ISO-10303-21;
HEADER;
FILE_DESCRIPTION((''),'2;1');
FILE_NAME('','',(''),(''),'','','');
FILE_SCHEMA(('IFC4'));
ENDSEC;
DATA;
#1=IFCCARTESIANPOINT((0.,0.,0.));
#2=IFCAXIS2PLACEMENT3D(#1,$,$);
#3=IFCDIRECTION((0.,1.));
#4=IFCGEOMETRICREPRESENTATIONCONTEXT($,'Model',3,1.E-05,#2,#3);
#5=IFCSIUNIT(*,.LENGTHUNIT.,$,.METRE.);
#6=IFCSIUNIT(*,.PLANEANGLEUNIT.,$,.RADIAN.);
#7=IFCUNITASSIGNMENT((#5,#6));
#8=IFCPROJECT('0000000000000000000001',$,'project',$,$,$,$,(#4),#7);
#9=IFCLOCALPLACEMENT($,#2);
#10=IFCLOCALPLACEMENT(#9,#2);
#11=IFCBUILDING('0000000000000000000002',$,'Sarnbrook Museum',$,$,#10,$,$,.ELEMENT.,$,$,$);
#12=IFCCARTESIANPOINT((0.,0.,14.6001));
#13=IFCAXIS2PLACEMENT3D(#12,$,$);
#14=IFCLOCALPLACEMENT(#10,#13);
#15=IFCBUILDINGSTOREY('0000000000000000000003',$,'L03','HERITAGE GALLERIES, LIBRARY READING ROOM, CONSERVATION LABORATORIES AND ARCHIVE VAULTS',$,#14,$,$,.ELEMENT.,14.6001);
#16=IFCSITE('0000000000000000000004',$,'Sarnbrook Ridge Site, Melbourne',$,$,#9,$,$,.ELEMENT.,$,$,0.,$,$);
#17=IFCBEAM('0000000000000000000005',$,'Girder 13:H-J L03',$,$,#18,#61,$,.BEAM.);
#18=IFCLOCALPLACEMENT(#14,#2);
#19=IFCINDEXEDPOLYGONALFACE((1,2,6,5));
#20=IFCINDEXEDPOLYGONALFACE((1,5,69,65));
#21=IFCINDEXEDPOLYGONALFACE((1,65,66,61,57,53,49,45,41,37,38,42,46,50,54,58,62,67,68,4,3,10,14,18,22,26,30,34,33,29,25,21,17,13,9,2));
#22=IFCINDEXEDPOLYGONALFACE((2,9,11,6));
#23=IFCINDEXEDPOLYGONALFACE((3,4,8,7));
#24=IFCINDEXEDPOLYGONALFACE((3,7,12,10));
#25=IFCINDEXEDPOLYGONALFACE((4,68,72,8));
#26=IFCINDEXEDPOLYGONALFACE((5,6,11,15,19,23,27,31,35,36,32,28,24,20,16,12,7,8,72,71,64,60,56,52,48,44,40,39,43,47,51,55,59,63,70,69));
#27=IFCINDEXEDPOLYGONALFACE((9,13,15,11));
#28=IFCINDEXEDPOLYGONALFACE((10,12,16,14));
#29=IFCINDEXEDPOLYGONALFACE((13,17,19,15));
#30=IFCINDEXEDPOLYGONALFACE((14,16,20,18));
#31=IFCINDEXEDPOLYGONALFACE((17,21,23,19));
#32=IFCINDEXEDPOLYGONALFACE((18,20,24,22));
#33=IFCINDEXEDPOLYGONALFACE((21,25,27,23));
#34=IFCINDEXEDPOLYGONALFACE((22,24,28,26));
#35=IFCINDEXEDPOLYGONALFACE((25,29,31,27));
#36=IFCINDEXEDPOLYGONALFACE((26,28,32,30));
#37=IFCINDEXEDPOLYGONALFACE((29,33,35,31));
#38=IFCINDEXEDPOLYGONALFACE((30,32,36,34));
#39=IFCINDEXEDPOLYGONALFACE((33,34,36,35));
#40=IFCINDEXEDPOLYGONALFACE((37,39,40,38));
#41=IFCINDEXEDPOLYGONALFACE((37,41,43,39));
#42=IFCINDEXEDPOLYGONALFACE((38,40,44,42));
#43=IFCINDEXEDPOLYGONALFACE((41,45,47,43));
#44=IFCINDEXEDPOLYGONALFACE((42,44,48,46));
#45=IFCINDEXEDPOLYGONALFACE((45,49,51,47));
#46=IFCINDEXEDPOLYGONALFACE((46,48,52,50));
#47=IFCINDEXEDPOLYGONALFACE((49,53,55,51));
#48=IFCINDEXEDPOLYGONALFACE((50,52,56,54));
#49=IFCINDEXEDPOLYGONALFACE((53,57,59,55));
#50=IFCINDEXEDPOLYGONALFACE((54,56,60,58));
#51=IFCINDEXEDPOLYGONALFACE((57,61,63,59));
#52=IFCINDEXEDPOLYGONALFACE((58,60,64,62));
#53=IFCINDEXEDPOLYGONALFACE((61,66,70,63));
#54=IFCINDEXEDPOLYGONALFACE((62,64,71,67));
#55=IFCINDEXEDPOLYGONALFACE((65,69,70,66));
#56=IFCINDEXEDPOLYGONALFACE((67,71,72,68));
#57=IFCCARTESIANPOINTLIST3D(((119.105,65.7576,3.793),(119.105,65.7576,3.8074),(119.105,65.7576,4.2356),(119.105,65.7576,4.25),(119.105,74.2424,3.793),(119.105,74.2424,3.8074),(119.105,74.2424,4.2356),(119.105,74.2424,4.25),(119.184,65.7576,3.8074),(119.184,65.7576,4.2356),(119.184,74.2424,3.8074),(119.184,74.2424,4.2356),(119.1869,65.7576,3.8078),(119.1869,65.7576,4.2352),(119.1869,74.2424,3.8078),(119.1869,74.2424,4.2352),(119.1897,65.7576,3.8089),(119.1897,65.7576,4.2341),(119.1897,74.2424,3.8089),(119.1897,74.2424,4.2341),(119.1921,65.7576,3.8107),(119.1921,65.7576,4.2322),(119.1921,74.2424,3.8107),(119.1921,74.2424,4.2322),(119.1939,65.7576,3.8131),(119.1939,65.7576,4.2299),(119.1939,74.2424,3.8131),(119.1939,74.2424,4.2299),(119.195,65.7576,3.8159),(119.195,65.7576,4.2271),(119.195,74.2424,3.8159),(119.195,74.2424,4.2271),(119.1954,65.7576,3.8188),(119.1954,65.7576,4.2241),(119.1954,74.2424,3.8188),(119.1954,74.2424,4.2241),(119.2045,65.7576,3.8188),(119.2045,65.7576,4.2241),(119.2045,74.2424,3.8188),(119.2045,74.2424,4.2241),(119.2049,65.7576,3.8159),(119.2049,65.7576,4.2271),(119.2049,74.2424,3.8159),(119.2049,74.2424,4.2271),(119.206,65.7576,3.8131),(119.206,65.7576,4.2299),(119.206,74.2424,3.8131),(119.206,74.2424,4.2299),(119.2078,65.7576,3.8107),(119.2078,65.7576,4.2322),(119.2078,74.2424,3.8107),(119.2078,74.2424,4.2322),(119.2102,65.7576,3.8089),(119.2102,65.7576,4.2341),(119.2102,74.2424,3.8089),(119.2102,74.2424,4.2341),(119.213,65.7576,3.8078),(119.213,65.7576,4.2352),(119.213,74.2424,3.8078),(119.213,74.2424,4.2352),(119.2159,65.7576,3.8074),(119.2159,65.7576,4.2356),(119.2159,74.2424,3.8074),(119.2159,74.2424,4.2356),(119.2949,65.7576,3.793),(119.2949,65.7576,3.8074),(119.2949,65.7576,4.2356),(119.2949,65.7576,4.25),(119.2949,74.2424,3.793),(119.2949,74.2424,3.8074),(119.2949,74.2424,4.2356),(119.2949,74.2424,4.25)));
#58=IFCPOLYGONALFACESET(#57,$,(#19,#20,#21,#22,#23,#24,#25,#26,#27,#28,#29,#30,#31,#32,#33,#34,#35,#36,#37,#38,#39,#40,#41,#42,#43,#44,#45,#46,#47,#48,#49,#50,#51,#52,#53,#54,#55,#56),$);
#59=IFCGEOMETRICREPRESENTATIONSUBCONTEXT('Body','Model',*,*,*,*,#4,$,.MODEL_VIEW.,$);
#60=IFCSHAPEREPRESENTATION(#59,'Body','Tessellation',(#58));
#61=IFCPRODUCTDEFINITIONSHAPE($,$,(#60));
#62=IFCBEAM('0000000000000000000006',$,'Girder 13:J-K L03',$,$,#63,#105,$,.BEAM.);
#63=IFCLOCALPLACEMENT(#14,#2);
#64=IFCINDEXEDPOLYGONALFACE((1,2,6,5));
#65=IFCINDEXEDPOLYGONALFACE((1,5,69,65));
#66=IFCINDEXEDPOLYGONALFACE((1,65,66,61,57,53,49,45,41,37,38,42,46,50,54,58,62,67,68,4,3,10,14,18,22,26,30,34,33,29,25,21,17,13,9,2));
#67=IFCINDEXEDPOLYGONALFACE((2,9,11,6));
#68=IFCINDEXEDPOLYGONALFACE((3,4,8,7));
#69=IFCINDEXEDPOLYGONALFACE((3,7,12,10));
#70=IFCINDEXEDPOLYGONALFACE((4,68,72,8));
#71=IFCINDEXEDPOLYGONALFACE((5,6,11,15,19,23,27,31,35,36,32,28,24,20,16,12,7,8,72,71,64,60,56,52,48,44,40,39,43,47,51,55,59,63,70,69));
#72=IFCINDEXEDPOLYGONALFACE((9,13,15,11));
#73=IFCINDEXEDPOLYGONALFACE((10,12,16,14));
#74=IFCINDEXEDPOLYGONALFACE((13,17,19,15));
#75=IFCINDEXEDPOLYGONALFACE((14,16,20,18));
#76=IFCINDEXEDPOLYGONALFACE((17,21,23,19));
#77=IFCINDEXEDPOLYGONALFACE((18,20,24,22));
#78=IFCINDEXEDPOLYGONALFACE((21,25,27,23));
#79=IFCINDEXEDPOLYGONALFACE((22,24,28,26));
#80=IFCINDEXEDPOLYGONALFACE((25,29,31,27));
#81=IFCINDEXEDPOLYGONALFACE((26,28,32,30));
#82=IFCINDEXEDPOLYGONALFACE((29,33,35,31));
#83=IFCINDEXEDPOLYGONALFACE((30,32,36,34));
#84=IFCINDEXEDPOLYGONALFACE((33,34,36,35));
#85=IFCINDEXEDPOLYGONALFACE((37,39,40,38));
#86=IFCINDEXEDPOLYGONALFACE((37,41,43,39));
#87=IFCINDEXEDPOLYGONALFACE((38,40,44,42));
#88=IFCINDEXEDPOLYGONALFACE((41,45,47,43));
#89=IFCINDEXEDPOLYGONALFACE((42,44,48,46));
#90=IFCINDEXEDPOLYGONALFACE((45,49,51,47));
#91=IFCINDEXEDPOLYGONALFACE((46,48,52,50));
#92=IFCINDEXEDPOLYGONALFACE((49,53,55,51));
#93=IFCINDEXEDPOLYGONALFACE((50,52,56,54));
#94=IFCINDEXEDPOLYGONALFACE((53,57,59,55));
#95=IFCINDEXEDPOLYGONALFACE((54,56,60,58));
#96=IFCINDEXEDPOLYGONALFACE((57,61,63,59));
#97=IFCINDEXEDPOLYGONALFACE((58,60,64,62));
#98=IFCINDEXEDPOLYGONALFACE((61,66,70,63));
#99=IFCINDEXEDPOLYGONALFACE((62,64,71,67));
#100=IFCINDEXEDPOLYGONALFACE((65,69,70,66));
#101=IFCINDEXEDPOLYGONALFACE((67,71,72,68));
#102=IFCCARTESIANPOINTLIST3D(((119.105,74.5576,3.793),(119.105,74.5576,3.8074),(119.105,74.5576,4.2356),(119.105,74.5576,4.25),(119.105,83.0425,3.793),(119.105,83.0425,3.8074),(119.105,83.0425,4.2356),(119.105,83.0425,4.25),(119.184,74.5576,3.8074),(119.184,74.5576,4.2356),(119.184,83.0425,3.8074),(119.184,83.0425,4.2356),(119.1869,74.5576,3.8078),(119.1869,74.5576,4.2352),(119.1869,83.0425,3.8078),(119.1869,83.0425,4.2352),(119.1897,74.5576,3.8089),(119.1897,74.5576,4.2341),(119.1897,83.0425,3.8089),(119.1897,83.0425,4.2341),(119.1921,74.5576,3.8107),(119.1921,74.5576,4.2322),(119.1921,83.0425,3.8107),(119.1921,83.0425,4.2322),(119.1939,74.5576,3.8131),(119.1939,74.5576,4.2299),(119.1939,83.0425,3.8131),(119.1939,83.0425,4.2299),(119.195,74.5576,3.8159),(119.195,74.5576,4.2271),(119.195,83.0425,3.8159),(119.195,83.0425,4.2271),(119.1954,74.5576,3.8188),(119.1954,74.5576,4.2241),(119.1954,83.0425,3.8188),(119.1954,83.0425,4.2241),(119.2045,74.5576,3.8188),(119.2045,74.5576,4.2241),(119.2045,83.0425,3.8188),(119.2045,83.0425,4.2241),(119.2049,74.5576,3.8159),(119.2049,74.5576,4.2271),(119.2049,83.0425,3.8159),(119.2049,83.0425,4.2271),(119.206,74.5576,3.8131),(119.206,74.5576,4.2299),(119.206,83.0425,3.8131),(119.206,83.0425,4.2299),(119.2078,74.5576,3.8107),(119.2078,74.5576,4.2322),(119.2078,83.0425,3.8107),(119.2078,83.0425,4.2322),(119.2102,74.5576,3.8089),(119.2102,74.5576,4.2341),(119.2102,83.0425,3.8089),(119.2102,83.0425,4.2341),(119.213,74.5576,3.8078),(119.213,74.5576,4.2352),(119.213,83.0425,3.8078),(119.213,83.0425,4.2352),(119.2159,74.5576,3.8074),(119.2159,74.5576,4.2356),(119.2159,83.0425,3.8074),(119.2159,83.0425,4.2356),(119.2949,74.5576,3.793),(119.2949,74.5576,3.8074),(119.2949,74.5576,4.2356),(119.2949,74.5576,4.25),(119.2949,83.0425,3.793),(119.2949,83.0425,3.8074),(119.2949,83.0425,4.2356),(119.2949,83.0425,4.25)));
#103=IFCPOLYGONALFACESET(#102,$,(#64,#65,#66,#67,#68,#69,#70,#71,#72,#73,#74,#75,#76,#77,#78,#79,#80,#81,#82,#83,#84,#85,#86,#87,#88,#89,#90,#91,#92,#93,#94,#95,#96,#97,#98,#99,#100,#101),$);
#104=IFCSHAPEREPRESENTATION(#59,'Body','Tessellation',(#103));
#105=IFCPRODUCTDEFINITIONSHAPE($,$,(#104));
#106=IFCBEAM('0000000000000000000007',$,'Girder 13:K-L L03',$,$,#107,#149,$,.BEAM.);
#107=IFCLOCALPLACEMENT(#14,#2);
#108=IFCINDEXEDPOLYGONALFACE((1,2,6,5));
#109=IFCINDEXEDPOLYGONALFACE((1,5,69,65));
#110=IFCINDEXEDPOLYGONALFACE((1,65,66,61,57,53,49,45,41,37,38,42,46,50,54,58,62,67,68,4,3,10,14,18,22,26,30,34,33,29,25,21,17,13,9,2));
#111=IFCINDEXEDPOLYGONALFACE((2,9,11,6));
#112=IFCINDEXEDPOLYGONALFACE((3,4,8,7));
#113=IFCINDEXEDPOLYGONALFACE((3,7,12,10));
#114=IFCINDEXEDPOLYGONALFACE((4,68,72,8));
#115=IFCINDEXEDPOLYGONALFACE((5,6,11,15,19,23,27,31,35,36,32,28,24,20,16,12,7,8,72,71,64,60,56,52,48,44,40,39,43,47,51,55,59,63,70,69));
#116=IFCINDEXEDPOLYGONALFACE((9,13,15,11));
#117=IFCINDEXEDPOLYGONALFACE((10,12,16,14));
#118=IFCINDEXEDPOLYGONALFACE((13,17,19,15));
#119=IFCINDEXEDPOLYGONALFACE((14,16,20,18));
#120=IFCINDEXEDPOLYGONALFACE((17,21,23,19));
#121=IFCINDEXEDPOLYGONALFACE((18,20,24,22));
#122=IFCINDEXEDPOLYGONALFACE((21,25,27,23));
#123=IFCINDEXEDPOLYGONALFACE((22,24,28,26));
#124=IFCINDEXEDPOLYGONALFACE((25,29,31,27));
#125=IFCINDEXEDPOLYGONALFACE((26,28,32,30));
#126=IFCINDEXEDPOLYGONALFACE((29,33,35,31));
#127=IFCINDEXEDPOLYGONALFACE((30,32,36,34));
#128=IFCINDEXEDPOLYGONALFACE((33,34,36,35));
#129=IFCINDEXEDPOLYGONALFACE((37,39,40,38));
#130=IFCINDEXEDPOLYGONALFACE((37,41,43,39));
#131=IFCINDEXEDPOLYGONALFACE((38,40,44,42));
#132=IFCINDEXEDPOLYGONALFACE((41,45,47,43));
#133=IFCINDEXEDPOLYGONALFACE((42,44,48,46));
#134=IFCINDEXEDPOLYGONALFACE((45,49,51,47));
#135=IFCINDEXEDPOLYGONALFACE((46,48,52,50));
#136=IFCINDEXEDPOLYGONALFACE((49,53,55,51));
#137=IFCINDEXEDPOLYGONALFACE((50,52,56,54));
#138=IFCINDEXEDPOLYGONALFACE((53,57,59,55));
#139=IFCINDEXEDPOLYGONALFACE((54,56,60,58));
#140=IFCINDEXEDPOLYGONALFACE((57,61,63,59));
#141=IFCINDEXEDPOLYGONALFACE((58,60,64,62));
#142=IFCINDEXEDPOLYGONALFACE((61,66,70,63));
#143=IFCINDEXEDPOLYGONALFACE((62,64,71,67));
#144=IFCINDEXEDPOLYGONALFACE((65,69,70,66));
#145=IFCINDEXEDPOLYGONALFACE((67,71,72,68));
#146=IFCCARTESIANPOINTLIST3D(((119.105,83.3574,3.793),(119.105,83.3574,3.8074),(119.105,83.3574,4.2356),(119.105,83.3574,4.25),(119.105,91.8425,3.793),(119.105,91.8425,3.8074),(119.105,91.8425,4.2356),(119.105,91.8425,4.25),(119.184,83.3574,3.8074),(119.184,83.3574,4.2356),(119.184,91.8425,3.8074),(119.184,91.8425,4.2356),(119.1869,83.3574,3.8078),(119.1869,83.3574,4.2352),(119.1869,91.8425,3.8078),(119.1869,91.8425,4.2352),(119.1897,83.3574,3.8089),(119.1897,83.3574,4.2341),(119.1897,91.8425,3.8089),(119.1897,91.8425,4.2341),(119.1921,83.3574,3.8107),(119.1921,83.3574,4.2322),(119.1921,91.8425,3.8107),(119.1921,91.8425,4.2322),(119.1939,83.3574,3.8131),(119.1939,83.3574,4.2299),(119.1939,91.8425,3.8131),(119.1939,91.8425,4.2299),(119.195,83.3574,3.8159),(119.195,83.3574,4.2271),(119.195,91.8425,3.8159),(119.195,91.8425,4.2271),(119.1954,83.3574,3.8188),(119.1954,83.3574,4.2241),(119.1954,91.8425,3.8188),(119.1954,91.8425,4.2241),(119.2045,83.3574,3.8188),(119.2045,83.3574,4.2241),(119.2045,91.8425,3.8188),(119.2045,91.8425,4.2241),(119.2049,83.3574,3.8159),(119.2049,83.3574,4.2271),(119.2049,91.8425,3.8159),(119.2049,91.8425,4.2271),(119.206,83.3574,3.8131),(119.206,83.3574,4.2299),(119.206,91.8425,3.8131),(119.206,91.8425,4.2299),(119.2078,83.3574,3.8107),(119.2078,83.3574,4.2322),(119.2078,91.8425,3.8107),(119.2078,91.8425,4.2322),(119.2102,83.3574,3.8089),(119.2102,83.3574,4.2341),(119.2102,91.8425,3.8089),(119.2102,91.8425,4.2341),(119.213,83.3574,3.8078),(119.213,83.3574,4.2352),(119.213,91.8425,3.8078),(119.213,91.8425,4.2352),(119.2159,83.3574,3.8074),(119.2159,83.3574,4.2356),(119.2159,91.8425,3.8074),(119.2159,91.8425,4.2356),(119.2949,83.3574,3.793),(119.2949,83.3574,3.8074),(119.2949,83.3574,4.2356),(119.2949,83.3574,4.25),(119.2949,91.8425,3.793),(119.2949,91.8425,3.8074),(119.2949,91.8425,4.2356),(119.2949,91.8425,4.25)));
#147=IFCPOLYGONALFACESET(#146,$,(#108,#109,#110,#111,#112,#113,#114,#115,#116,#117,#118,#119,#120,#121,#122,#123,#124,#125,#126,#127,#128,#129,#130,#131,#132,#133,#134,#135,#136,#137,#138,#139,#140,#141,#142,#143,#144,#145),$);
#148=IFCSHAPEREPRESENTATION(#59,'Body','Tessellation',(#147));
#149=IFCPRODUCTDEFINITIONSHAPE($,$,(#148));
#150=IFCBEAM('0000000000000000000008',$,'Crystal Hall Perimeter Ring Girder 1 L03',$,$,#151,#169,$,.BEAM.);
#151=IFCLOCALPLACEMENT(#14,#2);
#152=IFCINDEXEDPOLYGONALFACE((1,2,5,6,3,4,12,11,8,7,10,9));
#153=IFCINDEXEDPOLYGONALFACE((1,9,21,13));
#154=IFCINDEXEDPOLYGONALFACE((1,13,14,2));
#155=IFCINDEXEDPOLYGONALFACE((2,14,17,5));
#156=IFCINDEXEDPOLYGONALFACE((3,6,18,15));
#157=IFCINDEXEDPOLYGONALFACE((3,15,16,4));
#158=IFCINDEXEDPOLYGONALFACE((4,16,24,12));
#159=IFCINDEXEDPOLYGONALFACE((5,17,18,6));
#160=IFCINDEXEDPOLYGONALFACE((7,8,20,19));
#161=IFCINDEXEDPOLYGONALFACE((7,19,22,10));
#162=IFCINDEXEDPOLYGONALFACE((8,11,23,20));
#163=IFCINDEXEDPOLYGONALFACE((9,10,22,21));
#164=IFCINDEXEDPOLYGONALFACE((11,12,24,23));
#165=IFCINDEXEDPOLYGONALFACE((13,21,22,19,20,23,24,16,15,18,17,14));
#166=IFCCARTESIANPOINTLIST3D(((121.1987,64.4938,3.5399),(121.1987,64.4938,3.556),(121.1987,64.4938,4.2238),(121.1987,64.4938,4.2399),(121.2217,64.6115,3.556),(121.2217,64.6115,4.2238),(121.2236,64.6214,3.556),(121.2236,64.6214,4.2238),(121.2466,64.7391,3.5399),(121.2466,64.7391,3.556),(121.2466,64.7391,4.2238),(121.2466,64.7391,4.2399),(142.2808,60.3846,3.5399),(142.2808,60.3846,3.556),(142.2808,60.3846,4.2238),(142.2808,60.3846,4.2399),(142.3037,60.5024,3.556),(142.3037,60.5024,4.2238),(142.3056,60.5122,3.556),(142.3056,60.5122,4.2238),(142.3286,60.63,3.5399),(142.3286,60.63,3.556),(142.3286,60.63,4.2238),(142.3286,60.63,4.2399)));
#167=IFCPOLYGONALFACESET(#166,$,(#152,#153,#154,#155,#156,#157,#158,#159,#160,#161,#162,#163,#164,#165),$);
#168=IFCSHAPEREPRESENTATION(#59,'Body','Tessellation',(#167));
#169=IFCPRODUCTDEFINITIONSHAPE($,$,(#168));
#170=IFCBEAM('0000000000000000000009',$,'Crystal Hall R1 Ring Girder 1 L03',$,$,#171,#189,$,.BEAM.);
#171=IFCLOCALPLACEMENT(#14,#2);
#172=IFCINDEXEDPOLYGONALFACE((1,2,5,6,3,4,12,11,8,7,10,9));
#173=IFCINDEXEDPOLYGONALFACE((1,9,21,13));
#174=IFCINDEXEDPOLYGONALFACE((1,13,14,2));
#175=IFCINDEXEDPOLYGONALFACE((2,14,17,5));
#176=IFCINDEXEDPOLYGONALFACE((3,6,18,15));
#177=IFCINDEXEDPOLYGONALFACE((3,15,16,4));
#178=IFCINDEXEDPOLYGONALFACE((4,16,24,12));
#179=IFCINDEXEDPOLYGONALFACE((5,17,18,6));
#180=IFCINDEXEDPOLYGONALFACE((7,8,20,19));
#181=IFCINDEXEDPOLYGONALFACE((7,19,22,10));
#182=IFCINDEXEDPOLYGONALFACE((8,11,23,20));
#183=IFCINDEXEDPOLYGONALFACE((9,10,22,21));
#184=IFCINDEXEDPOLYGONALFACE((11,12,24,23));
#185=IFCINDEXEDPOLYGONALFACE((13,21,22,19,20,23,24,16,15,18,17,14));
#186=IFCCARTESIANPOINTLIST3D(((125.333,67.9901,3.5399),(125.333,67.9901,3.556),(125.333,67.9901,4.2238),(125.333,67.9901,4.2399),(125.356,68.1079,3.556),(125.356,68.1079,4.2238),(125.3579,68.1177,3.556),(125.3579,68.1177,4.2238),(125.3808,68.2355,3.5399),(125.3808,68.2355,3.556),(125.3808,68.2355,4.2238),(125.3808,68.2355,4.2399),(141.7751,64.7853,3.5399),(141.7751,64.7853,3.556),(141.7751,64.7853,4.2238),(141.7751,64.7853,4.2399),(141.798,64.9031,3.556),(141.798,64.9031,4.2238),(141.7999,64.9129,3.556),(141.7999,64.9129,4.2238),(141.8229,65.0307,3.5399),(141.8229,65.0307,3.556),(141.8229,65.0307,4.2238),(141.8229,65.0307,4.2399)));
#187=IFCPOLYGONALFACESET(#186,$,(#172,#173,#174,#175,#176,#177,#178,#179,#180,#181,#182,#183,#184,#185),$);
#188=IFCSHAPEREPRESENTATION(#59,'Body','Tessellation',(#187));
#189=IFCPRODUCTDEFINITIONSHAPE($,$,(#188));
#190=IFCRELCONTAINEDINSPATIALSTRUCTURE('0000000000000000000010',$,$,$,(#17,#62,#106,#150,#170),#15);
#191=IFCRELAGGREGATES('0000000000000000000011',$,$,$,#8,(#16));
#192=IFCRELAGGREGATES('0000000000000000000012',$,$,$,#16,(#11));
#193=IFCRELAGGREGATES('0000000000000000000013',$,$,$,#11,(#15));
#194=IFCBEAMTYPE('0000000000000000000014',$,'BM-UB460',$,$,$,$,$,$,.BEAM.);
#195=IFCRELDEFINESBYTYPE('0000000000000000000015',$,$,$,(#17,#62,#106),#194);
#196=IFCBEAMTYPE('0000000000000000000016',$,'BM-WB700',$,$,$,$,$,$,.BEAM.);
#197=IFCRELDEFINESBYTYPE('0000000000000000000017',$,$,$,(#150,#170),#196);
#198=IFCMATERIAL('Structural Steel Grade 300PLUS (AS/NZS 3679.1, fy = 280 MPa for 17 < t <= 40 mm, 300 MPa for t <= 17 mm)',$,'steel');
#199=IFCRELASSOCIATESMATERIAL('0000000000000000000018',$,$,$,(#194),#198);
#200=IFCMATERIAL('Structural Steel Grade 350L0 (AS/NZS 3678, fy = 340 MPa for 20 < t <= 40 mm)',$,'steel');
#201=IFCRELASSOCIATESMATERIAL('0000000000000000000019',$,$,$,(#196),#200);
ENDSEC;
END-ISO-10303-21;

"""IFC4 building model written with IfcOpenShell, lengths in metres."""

from ifc_helpers import new_model, si_unit, direction, frame, origin, origin_2d, place, context, subcontext, project, spatial, i_section, extrude, material, material_profile, profile_set, type_object, element, save


model = new_model("IFC4")

# Units and contexts
model_context = context("Model", 3, precision=1e-05, world=origin(), true_north=direction((0.0, 1.0)))
body_context = subcontext(model_context, "Body", "Model", "MODEL_VIEW")
ifc_project = project(units=[si_unit("LENGTHUNIT", "METRE"), si_unit("PLANEANGLEUNIT", "RADIAN")], contexts=[model_context])

# Site, building, storey
site_placement = place(None, origin())
site = spatial("IfcSite", under=ifc_project, at=site_placement, Name="Sarnbrook Ridge Site, Melbourne", CompositionType="ELEMENT", RefElevation=0.0)
building_placement = place(site_placement, origin())
building = spatial("IfcBuilding", under=site, at=building_placement, Name="Sarnbrook Museum", CompositionType="ELEMENT")
storey_placement = place(building_placement, frame((0.0, 0.0, 14.6001)))
storey = spatial("IfcBuildingStorey", under=building, at=storey_placement, Name="L03", Description="HERITAGE GALLERIES, LIBRARY READING ROOM, CONSERVATION LABORATORIES AND ARCHIVE VAULTS", CompositionType="ELEMENT", Elevation=14.6001)

# Shared definitions
ifc_material_1 = material(Name="Structural Steel Grade 300PLUS (AS/NZS 3679.1, fy = 280 MPa for 17 < t <= 40 mm, 300 MPa for t <= 17 mm)", Category="steel")
ifc_material_2 = material(Name="Structural Steel Grade 350L0 (AS/NZS 3678, fy = 340 MPa for 20 < t <= 40 mm)", Category="steel")

# Beams
ifc_material_profile_1 = material_profile(ifc_material_1, i_section(OverallWidth=0.1899, OverallDepth=0.457, WebThickness=0.009, FlangeThickness=0.0144, FilletRadius=0.0115, at=origin_2d()), Name="460UB74.6")
ifc_profile_set_1 = profile_set([ifc_material_profile_1], Name="Structural Steel Grade 300PLUS (AS/NZS 3679.1, fy = 280 MPa for 17 < t <= 40 mm, 300 MPa for t <= 17 mm)")
beam_type_1 = type_object("IfcBeamType", Name="BM-UB460", PredefinedType="BEAM", material=ifc_profile_set_1)
for number, where, z_axis, x_axis, name in (
    (1, (119.2, 65.7576, 4.0215), (0.0, 1.0, 0.0), (-1.0, 0.0, 0.0), "Girder 13:H-J L03"),
    (2, (119.2, 74.5576, 4.0215), (0.0, 1.0, 0.0), (-1.0, 0.0, 0.0), "Girder 13:J-K L03"),
):
    element("IfcBeam", number, at=place(storey_placement, frame(where, z_axis=z_axis, x_axis=x_axis)), inside=storey, type_object=beam_type_1, Name=name, PredefinedType="BEAM", context=body_context, shape_type="SweptSolid", body=[
        extrude(i_section(OverallWidth=0.1899, OverallDepth=0.457, WebThickness=0.009, FlangeThickness=0.0144, FilletRadius=0.0115, at=origin_2d()), origin(), (0.0, 0.0, 1.0), 8.4849),
    ])
beam_1_placement = place(storey_placement, frame((119.2, 83.3574, 4.0215), z_axis=(0.0, 1.0, 0.0), x_axis=(-1.0, 0.0, 0.0)))
element("IfcBeam", 3, at=beam_1_placement, inside=storey, type_object=beam_type_1, Name="Girder 13:K-L L03", PredefinedType="BEAM", context=body_context, shape_type="SweptSolid", body=[
    extrude(i_section(OverallWidth=0.1899, OverallDepth=0.457, WebThickness=0.009, FlangeThickness=0.0144, FilletRadius=0.0115, at=origin_2d()), origin(), (0.0, 0.0, 1.0), 8.4851),
])
ifc_material_profile_2 = material_profile(ifc_material_2, i_section(OverallWidth=0.25, OverallDepth=0.7, WebThickness=0.01, FlangeThickness=0.0161, at=origin_2d()), Name="700WB130")
ifc_profile_set_2 = profile_set([ifc_material_profile_2], Name="Structural Steel Grade 350L0 (AS/NZS 3678, fy = 340 MPa for 20 < t <= 40 mm)")
beam_type_2 = type_object("IfcBeamType", Name="BM-WB700", PredefinedType="BEAM", material=ifc_profile_set_2)
beam_2_placement = place(storey_placement, frame((121.2227, 64.6165, 3.8899), z_axis=(0.981529, -0.191311, 0.0), x_axis=(0.191311, 0.981529, 0.0)))
element("IfcBeam", 4, at=beam_2_placement, inside=storey, type_object=beam_type_2, Name="Crystal Hall Perimeter Ring Girder 1 L03", PredefinedType="BEAM", context=body_context, shape_type="SweptSolid", body=[
    extrude(i_section(OverallWidth=0.25, OverallDepth=0.7, WebThickness=0.01, FlangeThickness=0.0161, at=origin_2d()), origin(), (0.0, 0.0, 1.0), 21.4788),
])
beam_3_placement = place(storey_placement, frame((125.3569, 68.1128, 3.8899), z_axis=(0.981529, -0.191316, 0.0), x_axis=(0.191316, 0.981529, 0.0)))
element("IfcBeam", 5, at=beam_3_placement, inside=storey, type_object=beam_type_2, Name="Crystal Hall R1 Ring Girder 1 L03", PredefinedType="BEAM", context=body_context, shape_type="SweptSolid", body=[
    extrude(i_section(OverallWidth=0.25, OverallDepth=0.7, WebThickness=0.01, FlangeThickness=0.0161, at=origin_2d()), origin(), (0.0, 0.0, 1.0), 16.7515),
])

save(model, "model.ifc")
